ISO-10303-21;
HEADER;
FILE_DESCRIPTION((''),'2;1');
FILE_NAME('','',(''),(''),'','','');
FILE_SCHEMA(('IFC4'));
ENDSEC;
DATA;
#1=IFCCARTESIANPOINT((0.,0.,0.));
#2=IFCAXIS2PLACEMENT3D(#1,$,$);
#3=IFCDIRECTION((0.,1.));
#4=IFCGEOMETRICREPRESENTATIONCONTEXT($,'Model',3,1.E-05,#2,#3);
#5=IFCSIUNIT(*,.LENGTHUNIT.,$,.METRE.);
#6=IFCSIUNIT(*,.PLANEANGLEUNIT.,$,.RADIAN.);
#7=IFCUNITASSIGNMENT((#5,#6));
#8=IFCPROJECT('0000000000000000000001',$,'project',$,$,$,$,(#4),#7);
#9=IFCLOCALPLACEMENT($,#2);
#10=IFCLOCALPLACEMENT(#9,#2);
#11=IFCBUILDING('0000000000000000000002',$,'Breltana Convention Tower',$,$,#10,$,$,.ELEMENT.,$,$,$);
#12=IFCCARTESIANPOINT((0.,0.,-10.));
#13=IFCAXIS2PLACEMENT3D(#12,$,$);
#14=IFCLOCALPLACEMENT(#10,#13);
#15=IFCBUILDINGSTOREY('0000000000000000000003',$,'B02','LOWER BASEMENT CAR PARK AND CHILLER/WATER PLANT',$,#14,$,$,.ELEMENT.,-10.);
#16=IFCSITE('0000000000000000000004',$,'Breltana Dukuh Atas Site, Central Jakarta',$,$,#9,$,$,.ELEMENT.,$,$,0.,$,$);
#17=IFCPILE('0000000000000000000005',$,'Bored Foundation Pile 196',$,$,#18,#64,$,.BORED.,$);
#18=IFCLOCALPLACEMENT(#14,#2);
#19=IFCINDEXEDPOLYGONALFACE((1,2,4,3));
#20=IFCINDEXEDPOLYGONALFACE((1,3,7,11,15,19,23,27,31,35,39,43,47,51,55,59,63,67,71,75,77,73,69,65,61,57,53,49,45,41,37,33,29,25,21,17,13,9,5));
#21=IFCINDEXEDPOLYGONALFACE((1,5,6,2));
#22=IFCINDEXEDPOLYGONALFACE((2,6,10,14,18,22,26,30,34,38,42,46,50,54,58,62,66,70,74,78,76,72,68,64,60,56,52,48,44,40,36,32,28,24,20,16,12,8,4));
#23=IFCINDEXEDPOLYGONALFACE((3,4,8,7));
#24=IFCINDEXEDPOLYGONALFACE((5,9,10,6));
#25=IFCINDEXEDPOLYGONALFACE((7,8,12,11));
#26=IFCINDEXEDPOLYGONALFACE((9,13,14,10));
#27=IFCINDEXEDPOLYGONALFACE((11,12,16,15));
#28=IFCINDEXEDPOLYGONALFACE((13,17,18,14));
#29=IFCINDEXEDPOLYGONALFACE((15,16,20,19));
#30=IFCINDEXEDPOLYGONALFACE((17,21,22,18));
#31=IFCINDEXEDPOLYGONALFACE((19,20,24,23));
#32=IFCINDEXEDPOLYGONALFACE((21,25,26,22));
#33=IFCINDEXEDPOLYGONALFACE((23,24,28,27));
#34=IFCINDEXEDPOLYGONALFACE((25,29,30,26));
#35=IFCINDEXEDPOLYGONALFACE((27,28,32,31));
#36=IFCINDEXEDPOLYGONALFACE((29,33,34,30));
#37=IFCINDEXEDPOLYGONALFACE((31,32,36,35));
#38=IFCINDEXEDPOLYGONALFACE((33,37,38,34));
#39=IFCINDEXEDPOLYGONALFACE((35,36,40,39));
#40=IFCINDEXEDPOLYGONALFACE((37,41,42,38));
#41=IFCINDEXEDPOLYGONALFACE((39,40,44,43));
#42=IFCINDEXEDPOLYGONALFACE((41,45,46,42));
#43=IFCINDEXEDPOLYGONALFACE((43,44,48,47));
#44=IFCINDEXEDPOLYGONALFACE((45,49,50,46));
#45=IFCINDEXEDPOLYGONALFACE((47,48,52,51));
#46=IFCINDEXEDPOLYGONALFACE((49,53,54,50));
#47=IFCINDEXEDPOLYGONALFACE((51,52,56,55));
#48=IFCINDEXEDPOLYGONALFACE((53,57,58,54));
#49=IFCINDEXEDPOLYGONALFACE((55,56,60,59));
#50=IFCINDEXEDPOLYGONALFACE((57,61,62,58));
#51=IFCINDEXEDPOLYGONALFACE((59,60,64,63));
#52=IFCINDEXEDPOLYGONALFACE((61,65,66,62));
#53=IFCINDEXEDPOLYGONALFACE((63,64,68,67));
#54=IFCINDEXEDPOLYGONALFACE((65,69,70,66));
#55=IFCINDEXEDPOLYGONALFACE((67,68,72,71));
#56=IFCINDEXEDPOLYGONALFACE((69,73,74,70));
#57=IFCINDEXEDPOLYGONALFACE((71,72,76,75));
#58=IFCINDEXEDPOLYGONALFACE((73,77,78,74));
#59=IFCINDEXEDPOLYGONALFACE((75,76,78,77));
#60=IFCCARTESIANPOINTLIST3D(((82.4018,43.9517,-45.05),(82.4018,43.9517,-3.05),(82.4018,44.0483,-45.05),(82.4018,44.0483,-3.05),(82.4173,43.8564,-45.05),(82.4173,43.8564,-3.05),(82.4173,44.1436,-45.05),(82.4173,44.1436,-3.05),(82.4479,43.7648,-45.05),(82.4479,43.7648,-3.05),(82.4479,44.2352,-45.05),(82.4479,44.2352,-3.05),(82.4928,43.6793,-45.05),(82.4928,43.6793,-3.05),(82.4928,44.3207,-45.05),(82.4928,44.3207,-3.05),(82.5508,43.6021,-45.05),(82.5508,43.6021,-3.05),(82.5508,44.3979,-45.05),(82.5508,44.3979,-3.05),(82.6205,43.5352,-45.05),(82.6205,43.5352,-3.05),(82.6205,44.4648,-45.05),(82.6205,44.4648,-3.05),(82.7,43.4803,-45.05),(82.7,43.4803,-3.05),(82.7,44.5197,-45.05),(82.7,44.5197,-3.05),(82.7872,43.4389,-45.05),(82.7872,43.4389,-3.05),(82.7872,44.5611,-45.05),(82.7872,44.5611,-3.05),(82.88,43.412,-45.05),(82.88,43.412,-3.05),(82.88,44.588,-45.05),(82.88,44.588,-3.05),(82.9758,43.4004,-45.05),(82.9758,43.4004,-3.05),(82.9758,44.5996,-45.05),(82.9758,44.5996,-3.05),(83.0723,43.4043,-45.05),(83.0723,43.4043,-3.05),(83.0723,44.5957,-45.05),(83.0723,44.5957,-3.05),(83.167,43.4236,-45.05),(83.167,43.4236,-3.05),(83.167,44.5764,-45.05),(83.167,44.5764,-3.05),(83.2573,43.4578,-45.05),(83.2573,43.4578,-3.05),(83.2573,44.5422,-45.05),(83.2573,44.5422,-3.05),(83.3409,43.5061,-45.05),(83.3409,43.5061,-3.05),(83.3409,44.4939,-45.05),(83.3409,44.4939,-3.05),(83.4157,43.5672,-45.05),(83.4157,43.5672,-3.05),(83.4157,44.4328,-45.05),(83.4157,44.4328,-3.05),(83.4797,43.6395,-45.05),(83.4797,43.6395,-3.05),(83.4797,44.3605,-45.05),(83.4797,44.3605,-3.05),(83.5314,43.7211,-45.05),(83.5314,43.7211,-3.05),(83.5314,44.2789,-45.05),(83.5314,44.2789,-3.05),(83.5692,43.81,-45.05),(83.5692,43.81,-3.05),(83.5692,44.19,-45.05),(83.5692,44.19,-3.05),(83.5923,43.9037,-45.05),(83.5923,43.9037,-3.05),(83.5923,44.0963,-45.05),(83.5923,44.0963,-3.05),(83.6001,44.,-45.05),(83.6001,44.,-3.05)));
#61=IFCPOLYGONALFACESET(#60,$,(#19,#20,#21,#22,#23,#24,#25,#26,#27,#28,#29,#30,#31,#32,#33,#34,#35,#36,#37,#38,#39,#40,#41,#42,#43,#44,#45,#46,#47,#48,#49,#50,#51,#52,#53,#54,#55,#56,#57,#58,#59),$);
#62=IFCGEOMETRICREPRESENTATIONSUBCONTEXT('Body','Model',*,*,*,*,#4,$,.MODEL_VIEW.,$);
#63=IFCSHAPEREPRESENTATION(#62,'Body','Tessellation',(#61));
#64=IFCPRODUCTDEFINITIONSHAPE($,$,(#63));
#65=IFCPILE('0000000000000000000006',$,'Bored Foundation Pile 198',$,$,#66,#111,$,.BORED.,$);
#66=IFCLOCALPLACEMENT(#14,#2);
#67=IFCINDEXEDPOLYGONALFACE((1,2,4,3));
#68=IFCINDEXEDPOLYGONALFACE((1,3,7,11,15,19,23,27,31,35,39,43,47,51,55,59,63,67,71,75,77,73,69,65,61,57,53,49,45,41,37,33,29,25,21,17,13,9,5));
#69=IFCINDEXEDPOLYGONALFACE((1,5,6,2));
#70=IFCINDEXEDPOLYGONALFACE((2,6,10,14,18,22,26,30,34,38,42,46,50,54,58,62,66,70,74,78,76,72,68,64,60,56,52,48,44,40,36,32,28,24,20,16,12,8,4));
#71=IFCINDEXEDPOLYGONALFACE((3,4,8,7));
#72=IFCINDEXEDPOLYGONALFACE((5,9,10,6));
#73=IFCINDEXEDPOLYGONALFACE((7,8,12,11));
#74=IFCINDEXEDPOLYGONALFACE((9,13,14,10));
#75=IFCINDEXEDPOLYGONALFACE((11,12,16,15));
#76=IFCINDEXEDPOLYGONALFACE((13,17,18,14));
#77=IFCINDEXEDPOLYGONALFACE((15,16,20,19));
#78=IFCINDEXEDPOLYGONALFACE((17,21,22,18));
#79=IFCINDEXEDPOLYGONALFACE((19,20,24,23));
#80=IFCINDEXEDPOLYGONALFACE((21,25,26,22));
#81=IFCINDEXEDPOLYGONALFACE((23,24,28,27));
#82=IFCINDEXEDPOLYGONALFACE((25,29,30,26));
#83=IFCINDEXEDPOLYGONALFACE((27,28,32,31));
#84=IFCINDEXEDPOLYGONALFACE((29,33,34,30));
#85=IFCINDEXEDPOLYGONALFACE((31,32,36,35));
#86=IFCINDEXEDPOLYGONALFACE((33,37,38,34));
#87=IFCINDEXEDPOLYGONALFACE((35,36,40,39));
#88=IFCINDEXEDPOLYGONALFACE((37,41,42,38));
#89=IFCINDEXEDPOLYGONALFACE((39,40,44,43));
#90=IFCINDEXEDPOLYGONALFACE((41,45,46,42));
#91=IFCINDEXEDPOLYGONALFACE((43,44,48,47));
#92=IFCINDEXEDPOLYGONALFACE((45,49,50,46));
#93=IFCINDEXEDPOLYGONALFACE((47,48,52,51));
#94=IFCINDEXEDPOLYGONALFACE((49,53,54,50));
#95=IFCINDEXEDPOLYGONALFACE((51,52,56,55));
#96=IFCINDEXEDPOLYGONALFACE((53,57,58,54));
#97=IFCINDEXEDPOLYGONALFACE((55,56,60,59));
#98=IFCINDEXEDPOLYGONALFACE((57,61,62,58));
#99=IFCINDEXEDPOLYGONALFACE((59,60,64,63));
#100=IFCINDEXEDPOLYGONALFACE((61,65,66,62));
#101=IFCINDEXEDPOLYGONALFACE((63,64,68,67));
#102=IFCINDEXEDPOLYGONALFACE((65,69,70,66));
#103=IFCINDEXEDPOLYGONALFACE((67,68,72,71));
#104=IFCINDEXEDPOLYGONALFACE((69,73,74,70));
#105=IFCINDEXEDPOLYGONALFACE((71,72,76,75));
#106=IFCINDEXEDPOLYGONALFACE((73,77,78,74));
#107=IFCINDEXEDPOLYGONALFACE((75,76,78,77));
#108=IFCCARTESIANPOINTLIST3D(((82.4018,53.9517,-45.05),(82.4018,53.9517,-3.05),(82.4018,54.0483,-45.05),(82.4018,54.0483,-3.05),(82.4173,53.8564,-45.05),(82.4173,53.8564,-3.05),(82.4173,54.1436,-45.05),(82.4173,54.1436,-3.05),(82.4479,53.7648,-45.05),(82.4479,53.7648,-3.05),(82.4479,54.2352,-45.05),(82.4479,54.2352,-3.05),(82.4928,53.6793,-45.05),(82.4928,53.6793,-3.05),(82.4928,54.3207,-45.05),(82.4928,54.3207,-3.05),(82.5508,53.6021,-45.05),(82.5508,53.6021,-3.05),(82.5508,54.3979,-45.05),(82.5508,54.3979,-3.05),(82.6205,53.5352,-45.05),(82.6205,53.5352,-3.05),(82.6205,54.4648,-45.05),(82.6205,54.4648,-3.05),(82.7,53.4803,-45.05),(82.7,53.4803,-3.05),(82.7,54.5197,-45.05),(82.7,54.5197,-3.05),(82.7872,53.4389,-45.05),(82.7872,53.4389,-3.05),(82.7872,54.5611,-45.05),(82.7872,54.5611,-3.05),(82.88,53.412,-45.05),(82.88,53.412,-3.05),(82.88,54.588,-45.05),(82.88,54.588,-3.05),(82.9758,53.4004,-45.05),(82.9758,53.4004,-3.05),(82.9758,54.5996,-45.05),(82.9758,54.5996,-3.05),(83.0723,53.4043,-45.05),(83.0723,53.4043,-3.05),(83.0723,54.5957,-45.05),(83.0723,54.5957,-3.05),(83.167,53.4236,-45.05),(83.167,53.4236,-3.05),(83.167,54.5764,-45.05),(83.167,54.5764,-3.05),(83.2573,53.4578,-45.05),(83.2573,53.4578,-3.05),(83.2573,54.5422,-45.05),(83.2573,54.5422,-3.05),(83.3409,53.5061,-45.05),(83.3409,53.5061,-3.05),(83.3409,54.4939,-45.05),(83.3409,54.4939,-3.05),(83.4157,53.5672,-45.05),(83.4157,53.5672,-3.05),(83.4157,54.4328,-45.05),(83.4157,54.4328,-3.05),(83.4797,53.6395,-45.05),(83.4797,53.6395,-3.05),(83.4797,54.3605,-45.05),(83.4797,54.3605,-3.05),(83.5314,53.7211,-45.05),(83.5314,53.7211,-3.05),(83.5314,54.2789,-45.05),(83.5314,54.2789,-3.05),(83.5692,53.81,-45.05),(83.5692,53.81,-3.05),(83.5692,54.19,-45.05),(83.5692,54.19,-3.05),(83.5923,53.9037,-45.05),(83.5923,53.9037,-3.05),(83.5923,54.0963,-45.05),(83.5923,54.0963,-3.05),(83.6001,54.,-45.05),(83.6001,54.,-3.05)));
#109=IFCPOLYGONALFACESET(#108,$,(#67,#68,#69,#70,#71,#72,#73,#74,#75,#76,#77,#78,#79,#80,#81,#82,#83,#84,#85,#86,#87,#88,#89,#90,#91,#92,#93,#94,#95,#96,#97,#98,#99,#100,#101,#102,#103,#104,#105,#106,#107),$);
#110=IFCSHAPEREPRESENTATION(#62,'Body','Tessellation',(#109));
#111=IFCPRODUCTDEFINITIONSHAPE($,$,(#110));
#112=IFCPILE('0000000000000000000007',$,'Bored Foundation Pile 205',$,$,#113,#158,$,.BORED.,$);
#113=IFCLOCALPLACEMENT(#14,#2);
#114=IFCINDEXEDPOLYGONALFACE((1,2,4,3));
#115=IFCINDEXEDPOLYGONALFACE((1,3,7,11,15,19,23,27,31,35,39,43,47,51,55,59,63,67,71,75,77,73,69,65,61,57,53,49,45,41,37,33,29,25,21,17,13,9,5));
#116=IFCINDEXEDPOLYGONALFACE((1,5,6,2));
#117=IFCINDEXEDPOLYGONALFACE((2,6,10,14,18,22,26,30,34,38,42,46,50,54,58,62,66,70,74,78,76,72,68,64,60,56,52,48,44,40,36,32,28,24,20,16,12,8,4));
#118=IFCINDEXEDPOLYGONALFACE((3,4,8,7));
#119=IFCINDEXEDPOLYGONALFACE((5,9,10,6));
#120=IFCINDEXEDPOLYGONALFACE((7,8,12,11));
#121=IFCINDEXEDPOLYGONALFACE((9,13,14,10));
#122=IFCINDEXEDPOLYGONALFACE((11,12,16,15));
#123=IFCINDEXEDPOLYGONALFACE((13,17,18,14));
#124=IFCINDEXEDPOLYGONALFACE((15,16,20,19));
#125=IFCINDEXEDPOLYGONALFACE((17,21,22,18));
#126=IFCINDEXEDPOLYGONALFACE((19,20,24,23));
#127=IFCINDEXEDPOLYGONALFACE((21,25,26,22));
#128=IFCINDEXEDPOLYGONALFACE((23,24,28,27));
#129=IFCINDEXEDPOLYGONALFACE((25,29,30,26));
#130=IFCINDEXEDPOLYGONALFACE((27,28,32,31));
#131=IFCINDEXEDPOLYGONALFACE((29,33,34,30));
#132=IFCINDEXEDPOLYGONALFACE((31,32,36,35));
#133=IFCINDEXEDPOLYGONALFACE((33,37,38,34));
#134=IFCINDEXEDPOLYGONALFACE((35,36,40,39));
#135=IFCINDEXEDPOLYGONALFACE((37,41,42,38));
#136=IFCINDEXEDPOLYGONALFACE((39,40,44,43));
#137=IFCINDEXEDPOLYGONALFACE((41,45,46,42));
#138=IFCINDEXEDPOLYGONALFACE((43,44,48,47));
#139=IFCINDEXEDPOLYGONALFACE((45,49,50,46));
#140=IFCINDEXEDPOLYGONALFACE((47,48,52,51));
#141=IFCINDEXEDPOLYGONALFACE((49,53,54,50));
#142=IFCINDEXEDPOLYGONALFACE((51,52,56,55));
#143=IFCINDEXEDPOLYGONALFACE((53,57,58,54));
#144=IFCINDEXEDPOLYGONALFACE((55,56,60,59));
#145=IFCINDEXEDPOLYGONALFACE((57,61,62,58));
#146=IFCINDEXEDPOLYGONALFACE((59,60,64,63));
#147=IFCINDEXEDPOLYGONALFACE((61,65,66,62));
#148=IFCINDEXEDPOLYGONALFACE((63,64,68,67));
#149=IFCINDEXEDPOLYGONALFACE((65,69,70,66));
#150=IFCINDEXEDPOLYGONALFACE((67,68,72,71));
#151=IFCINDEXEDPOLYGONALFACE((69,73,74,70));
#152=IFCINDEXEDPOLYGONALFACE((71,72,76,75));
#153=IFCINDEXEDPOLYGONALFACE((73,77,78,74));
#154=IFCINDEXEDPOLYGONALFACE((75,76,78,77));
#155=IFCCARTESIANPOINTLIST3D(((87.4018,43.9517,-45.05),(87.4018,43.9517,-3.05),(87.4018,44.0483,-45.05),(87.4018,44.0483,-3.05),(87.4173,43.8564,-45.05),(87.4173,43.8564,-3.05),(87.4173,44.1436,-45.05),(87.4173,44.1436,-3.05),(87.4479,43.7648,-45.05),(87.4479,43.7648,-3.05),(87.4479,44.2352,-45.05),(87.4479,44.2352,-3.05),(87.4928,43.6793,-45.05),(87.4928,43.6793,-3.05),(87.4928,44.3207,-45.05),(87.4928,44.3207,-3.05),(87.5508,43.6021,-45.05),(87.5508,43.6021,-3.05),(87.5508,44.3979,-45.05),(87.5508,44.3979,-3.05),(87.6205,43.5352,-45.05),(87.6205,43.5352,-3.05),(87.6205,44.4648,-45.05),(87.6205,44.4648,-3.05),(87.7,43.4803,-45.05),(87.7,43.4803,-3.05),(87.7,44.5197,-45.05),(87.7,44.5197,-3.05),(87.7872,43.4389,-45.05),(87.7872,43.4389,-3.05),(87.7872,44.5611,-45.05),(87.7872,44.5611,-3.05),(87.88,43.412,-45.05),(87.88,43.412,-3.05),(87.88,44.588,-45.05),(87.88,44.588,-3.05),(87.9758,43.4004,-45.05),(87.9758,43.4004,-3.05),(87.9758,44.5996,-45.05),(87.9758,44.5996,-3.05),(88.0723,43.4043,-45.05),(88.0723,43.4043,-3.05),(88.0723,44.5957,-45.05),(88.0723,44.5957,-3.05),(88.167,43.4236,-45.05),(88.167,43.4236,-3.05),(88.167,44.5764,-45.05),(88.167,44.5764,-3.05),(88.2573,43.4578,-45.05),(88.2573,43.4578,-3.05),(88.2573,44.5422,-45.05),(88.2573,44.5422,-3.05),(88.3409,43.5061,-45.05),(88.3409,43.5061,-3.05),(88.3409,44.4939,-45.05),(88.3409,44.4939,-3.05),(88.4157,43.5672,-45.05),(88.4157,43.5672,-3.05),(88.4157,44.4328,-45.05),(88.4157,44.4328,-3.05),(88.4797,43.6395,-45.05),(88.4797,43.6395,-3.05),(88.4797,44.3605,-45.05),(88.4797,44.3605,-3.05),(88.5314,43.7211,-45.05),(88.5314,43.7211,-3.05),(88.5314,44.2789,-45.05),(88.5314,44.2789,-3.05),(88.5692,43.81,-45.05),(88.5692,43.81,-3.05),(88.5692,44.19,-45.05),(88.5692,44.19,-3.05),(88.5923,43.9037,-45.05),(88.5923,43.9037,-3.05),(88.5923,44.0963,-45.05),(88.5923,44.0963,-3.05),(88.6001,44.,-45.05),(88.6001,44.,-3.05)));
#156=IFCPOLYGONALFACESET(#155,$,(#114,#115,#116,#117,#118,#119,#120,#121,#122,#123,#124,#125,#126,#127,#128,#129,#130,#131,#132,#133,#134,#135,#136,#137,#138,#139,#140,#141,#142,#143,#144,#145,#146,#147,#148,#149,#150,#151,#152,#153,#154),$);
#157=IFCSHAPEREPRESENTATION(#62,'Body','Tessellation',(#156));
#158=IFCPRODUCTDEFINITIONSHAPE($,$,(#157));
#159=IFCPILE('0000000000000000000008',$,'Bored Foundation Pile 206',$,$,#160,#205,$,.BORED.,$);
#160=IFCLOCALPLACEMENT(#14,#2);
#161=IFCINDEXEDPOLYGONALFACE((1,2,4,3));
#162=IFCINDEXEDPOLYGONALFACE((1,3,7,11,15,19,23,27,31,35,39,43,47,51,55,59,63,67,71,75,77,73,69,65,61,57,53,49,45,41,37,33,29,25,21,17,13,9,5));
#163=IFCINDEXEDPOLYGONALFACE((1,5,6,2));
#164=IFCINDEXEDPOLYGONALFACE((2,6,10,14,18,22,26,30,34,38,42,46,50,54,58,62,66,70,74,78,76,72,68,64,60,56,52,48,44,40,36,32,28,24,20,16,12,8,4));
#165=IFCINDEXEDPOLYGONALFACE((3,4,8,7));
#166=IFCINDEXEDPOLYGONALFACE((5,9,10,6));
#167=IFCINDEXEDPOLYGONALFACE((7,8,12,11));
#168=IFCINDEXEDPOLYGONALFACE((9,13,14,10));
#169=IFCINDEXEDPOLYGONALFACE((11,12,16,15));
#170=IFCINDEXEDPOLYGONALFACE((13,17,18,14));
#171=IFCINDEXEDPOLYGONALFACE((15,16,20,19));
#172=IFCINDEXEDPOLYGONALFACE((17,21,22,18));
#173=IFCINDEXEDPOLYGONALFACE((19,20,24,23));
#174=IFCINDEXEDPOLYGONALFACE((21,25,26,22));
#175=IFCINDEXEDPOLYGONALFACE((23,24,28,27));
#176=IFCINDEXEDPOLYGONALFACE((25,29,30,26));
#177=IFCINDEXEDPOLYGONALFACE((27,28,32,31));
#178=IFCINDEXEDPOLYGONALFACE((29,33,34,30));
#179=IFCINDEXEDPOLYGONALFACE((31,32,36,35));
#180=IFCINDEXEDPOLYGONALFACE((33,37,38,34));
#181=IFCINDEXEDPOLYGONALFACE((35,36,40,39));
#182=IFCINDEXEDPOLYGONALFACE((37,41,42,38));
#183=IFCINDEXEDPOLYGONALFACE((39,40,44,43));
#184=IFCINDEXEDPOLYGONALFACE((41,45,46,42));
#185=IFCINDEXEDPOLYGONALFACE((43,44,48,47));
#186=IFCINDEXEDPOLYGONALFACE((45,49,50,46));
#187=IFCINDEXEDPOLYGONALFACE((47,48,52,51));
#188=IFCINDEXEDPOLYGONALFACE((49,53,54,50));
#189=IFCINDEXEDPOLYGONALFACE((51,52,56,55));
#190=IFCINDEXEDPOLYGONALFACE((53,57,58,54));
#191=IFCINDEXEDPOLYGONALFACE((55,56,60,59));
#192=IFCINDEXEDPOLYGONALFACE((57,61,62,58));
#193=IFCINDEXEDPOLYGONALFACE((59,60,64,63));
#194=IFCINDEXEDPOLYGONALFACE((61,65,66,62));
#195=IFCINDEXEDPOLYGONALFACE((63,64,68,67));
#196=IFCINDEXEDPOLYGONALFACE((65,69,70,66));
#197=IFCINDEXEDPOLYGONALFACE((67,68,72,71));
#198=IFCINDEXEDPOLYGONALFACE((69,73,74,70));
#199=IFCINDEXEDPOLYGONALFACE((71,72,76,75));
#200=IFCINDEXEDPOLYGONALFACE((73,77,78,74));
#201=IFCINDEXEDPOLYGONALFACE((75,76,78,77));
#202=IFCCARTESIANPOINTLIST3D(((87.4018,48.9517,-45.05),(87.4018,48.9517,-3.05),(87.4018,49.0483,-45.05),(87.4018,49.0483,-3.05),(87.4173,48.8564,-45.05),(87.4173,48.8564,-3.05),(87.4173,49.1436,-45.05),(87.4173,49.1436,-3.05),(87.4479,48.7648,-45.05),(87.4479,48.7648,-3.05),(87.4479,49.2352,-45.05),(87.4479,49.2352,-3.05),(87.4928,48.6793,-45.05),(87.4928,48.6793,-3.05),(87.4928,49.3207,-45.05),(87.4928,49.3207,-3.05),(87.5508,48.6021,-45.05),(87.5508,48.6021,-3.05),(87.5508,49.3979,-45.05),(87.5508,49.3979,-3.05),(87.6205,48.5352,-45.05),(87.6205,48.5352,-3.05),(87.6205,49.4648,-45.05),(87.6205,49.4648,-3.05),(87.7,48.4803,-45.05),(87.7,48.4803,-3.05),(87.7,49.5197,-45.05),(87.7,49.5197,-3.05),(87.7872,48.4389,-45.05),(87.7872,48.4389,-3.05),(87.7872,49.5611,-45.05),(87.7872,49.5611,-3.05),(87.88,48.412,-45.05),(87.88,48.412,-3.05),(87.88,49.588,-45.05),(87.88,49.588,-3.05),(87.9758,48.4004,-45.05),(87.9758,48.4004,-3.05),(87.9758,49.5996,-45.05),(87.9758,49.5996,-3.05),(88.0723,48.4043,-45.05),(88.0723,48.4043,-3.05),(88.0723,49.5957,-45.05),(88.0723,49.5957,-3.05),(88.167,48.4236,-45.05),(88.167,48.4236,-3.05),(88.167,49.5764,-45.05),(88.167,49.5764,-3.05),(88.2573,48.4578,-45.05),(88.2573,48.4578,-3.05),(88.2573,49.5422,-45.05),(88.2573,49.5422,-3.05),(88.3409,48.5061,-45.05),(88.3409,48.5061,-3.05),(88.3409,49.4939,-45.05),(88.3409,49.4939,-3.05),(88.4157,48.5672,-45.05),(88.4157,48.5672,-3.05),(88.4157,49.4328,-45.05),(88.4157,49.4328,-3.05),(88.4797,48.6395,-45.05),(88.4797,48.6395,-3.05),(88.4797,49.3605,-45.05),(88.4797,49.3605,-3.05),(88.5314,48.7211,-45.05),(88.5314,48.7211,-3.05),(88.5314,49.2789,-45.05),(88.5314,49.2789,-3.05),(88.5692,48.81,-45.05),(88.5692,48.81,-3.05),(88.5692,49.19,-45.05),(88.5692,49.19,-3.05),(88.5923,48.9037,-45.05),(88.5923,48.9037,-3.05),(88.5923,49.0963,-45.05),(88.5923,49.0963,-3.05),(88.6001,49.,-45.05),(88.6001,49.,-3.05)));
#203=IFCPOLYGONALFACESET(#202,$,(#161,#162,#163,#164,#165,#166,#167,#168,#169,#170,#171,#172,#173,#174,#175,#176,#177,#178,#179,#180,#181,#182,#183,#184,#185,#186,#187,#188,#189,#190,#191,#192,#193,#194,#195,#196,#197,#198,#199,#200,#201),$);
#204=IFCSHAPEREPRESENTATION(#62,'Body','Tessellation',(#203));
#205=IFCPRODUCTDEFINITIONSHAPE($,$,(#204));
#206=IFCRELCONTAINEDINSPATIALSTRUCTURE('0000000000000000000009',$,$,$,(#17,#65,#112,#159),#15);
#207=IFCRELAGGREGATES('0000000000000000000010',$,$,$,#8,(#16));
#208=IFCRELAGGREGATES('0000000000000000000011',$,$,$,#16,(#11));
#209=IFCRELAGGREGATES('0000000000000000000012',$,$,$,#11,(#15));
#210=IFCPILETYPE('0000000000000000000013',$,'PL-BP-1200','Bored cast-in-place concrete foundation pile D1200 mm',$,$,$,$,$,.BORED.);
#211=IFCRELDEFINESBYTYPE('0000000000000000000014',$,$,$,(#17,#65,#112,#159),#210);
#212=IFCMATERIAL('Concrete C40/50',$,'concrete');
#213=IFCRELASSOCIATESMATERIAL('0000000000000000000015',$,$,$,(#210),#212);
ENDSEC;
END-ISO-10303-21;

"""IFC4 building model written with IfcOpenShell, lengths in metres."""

from ifc_helpers import new_model, si_unit, direction, frame, origin, origin_2d, place, context, subcontext, project, spatial, circle, extrude, source, transform, mapped, material, material_profile, profile_set, type_object, type_shapes, element, save


model = new_model("IFC4")

# Units and contexts
model_context = context("Model", 3, precision=1e-05, world=origin(), true_north=direction((0.0, 1.0)))
body_context = subcontext(model_context, "Body", "Model", "MODEL_VIEW")
ifc_project = project(units=[si_unit("LENGTHUNIT", "METRE"), si_unit("PLANEANGLEUNIT", "RADIAN")], contexts=[model_context])

# Site, building, storey
site_placement = place(None, origin())
site = spatial("IfcSite", under=ifc_project, at=site_placement, Name="Breltana Dukuh Atas Site, Central Jakarta", CompositionType="ELEMENT", RefElevation=0.0)
building_placement = place(site_placement, origin())
building = spatial("IfcBuilding", under=site, at=building_placement, Name="Breltana Convention Tower", CompositionType="ELEMENT")
storey_placement = place(building_placement, frame((0.0, 0.0, -10.0)))
storey = spatial("IfcBuildingStorey", under=building, at=storey_placement, Name="B02", Description="LOWER BASEMENT CAR PARK AND CHILLER/WATER PLANT", CompositionType="ELEMENT", Elevation=-10.0)

# Piles
ifc_material_1 = material(Name="Concrete C40/50", Category="concrete")
ifc_material_profile_1 = material_profile(ifc_material_1, circle(Radius=0.6001, at=origin_2d()), Name="BP-D1200")
ifc_profile_set_1 = profile_set([ifc_material_profile_1], Name="Concrete C40/50")
pile_type_1 = type_object("IfcPileType", Name="PL-BP-1200", Description="Bored cast-in-place concrete foundation pile D1200 mm", PredefinedType="BORED", material=ifc_profile_set_1)
shared_shape_1 = source(origin(), body_context, "Body", "SweptSolid", [
    extrude(circle(Radius=0.6001, at=origin_2d()), origin(), (0.0, 0.0, 1.0), 42.0),
])
type_shapes(pile_type_1, [shared_shape_1])
for number, where, z_axis, x_axis, name in (
    (1, (83.0, 44.0, -3.05), (0.0, 0.0, -1.0), (1.0, 0.0, 0.0), "Bored Foundation Pile 196"),
    (2, (83.0, 54.0, -3.05), (0.0, 0.0, -1.0), (1.0, 0.0, 0.0), "Bored Foundation Pile 198"),
    (3, (88.0, 44.0, -3.05), (0.0, 0.0, -1.0), (1.0, 0.0, 0.0), "Bored Foundation Pile 205"),
    (4, (88.0, 49.0, -3.05), (0.0, 0.0, -1.0), (1.0, 0.0, 0.0), "Bored Foundation Pile 206"),
):
    element("IfcPile", number, at=place(storey_placement, frame(where, z_axis=z_axis, x_axis=x_axis)), inside=storey, type_object=pile_type_1, Name=name, PredefinedType="BORED", context=body_context, shape_type="MappedRepresentation", body=[
        mapped(shared_shape_1, transform((0.0, 0.0, 0.0), scale=1.0)),
    ])

save(model, "model.ifc")
